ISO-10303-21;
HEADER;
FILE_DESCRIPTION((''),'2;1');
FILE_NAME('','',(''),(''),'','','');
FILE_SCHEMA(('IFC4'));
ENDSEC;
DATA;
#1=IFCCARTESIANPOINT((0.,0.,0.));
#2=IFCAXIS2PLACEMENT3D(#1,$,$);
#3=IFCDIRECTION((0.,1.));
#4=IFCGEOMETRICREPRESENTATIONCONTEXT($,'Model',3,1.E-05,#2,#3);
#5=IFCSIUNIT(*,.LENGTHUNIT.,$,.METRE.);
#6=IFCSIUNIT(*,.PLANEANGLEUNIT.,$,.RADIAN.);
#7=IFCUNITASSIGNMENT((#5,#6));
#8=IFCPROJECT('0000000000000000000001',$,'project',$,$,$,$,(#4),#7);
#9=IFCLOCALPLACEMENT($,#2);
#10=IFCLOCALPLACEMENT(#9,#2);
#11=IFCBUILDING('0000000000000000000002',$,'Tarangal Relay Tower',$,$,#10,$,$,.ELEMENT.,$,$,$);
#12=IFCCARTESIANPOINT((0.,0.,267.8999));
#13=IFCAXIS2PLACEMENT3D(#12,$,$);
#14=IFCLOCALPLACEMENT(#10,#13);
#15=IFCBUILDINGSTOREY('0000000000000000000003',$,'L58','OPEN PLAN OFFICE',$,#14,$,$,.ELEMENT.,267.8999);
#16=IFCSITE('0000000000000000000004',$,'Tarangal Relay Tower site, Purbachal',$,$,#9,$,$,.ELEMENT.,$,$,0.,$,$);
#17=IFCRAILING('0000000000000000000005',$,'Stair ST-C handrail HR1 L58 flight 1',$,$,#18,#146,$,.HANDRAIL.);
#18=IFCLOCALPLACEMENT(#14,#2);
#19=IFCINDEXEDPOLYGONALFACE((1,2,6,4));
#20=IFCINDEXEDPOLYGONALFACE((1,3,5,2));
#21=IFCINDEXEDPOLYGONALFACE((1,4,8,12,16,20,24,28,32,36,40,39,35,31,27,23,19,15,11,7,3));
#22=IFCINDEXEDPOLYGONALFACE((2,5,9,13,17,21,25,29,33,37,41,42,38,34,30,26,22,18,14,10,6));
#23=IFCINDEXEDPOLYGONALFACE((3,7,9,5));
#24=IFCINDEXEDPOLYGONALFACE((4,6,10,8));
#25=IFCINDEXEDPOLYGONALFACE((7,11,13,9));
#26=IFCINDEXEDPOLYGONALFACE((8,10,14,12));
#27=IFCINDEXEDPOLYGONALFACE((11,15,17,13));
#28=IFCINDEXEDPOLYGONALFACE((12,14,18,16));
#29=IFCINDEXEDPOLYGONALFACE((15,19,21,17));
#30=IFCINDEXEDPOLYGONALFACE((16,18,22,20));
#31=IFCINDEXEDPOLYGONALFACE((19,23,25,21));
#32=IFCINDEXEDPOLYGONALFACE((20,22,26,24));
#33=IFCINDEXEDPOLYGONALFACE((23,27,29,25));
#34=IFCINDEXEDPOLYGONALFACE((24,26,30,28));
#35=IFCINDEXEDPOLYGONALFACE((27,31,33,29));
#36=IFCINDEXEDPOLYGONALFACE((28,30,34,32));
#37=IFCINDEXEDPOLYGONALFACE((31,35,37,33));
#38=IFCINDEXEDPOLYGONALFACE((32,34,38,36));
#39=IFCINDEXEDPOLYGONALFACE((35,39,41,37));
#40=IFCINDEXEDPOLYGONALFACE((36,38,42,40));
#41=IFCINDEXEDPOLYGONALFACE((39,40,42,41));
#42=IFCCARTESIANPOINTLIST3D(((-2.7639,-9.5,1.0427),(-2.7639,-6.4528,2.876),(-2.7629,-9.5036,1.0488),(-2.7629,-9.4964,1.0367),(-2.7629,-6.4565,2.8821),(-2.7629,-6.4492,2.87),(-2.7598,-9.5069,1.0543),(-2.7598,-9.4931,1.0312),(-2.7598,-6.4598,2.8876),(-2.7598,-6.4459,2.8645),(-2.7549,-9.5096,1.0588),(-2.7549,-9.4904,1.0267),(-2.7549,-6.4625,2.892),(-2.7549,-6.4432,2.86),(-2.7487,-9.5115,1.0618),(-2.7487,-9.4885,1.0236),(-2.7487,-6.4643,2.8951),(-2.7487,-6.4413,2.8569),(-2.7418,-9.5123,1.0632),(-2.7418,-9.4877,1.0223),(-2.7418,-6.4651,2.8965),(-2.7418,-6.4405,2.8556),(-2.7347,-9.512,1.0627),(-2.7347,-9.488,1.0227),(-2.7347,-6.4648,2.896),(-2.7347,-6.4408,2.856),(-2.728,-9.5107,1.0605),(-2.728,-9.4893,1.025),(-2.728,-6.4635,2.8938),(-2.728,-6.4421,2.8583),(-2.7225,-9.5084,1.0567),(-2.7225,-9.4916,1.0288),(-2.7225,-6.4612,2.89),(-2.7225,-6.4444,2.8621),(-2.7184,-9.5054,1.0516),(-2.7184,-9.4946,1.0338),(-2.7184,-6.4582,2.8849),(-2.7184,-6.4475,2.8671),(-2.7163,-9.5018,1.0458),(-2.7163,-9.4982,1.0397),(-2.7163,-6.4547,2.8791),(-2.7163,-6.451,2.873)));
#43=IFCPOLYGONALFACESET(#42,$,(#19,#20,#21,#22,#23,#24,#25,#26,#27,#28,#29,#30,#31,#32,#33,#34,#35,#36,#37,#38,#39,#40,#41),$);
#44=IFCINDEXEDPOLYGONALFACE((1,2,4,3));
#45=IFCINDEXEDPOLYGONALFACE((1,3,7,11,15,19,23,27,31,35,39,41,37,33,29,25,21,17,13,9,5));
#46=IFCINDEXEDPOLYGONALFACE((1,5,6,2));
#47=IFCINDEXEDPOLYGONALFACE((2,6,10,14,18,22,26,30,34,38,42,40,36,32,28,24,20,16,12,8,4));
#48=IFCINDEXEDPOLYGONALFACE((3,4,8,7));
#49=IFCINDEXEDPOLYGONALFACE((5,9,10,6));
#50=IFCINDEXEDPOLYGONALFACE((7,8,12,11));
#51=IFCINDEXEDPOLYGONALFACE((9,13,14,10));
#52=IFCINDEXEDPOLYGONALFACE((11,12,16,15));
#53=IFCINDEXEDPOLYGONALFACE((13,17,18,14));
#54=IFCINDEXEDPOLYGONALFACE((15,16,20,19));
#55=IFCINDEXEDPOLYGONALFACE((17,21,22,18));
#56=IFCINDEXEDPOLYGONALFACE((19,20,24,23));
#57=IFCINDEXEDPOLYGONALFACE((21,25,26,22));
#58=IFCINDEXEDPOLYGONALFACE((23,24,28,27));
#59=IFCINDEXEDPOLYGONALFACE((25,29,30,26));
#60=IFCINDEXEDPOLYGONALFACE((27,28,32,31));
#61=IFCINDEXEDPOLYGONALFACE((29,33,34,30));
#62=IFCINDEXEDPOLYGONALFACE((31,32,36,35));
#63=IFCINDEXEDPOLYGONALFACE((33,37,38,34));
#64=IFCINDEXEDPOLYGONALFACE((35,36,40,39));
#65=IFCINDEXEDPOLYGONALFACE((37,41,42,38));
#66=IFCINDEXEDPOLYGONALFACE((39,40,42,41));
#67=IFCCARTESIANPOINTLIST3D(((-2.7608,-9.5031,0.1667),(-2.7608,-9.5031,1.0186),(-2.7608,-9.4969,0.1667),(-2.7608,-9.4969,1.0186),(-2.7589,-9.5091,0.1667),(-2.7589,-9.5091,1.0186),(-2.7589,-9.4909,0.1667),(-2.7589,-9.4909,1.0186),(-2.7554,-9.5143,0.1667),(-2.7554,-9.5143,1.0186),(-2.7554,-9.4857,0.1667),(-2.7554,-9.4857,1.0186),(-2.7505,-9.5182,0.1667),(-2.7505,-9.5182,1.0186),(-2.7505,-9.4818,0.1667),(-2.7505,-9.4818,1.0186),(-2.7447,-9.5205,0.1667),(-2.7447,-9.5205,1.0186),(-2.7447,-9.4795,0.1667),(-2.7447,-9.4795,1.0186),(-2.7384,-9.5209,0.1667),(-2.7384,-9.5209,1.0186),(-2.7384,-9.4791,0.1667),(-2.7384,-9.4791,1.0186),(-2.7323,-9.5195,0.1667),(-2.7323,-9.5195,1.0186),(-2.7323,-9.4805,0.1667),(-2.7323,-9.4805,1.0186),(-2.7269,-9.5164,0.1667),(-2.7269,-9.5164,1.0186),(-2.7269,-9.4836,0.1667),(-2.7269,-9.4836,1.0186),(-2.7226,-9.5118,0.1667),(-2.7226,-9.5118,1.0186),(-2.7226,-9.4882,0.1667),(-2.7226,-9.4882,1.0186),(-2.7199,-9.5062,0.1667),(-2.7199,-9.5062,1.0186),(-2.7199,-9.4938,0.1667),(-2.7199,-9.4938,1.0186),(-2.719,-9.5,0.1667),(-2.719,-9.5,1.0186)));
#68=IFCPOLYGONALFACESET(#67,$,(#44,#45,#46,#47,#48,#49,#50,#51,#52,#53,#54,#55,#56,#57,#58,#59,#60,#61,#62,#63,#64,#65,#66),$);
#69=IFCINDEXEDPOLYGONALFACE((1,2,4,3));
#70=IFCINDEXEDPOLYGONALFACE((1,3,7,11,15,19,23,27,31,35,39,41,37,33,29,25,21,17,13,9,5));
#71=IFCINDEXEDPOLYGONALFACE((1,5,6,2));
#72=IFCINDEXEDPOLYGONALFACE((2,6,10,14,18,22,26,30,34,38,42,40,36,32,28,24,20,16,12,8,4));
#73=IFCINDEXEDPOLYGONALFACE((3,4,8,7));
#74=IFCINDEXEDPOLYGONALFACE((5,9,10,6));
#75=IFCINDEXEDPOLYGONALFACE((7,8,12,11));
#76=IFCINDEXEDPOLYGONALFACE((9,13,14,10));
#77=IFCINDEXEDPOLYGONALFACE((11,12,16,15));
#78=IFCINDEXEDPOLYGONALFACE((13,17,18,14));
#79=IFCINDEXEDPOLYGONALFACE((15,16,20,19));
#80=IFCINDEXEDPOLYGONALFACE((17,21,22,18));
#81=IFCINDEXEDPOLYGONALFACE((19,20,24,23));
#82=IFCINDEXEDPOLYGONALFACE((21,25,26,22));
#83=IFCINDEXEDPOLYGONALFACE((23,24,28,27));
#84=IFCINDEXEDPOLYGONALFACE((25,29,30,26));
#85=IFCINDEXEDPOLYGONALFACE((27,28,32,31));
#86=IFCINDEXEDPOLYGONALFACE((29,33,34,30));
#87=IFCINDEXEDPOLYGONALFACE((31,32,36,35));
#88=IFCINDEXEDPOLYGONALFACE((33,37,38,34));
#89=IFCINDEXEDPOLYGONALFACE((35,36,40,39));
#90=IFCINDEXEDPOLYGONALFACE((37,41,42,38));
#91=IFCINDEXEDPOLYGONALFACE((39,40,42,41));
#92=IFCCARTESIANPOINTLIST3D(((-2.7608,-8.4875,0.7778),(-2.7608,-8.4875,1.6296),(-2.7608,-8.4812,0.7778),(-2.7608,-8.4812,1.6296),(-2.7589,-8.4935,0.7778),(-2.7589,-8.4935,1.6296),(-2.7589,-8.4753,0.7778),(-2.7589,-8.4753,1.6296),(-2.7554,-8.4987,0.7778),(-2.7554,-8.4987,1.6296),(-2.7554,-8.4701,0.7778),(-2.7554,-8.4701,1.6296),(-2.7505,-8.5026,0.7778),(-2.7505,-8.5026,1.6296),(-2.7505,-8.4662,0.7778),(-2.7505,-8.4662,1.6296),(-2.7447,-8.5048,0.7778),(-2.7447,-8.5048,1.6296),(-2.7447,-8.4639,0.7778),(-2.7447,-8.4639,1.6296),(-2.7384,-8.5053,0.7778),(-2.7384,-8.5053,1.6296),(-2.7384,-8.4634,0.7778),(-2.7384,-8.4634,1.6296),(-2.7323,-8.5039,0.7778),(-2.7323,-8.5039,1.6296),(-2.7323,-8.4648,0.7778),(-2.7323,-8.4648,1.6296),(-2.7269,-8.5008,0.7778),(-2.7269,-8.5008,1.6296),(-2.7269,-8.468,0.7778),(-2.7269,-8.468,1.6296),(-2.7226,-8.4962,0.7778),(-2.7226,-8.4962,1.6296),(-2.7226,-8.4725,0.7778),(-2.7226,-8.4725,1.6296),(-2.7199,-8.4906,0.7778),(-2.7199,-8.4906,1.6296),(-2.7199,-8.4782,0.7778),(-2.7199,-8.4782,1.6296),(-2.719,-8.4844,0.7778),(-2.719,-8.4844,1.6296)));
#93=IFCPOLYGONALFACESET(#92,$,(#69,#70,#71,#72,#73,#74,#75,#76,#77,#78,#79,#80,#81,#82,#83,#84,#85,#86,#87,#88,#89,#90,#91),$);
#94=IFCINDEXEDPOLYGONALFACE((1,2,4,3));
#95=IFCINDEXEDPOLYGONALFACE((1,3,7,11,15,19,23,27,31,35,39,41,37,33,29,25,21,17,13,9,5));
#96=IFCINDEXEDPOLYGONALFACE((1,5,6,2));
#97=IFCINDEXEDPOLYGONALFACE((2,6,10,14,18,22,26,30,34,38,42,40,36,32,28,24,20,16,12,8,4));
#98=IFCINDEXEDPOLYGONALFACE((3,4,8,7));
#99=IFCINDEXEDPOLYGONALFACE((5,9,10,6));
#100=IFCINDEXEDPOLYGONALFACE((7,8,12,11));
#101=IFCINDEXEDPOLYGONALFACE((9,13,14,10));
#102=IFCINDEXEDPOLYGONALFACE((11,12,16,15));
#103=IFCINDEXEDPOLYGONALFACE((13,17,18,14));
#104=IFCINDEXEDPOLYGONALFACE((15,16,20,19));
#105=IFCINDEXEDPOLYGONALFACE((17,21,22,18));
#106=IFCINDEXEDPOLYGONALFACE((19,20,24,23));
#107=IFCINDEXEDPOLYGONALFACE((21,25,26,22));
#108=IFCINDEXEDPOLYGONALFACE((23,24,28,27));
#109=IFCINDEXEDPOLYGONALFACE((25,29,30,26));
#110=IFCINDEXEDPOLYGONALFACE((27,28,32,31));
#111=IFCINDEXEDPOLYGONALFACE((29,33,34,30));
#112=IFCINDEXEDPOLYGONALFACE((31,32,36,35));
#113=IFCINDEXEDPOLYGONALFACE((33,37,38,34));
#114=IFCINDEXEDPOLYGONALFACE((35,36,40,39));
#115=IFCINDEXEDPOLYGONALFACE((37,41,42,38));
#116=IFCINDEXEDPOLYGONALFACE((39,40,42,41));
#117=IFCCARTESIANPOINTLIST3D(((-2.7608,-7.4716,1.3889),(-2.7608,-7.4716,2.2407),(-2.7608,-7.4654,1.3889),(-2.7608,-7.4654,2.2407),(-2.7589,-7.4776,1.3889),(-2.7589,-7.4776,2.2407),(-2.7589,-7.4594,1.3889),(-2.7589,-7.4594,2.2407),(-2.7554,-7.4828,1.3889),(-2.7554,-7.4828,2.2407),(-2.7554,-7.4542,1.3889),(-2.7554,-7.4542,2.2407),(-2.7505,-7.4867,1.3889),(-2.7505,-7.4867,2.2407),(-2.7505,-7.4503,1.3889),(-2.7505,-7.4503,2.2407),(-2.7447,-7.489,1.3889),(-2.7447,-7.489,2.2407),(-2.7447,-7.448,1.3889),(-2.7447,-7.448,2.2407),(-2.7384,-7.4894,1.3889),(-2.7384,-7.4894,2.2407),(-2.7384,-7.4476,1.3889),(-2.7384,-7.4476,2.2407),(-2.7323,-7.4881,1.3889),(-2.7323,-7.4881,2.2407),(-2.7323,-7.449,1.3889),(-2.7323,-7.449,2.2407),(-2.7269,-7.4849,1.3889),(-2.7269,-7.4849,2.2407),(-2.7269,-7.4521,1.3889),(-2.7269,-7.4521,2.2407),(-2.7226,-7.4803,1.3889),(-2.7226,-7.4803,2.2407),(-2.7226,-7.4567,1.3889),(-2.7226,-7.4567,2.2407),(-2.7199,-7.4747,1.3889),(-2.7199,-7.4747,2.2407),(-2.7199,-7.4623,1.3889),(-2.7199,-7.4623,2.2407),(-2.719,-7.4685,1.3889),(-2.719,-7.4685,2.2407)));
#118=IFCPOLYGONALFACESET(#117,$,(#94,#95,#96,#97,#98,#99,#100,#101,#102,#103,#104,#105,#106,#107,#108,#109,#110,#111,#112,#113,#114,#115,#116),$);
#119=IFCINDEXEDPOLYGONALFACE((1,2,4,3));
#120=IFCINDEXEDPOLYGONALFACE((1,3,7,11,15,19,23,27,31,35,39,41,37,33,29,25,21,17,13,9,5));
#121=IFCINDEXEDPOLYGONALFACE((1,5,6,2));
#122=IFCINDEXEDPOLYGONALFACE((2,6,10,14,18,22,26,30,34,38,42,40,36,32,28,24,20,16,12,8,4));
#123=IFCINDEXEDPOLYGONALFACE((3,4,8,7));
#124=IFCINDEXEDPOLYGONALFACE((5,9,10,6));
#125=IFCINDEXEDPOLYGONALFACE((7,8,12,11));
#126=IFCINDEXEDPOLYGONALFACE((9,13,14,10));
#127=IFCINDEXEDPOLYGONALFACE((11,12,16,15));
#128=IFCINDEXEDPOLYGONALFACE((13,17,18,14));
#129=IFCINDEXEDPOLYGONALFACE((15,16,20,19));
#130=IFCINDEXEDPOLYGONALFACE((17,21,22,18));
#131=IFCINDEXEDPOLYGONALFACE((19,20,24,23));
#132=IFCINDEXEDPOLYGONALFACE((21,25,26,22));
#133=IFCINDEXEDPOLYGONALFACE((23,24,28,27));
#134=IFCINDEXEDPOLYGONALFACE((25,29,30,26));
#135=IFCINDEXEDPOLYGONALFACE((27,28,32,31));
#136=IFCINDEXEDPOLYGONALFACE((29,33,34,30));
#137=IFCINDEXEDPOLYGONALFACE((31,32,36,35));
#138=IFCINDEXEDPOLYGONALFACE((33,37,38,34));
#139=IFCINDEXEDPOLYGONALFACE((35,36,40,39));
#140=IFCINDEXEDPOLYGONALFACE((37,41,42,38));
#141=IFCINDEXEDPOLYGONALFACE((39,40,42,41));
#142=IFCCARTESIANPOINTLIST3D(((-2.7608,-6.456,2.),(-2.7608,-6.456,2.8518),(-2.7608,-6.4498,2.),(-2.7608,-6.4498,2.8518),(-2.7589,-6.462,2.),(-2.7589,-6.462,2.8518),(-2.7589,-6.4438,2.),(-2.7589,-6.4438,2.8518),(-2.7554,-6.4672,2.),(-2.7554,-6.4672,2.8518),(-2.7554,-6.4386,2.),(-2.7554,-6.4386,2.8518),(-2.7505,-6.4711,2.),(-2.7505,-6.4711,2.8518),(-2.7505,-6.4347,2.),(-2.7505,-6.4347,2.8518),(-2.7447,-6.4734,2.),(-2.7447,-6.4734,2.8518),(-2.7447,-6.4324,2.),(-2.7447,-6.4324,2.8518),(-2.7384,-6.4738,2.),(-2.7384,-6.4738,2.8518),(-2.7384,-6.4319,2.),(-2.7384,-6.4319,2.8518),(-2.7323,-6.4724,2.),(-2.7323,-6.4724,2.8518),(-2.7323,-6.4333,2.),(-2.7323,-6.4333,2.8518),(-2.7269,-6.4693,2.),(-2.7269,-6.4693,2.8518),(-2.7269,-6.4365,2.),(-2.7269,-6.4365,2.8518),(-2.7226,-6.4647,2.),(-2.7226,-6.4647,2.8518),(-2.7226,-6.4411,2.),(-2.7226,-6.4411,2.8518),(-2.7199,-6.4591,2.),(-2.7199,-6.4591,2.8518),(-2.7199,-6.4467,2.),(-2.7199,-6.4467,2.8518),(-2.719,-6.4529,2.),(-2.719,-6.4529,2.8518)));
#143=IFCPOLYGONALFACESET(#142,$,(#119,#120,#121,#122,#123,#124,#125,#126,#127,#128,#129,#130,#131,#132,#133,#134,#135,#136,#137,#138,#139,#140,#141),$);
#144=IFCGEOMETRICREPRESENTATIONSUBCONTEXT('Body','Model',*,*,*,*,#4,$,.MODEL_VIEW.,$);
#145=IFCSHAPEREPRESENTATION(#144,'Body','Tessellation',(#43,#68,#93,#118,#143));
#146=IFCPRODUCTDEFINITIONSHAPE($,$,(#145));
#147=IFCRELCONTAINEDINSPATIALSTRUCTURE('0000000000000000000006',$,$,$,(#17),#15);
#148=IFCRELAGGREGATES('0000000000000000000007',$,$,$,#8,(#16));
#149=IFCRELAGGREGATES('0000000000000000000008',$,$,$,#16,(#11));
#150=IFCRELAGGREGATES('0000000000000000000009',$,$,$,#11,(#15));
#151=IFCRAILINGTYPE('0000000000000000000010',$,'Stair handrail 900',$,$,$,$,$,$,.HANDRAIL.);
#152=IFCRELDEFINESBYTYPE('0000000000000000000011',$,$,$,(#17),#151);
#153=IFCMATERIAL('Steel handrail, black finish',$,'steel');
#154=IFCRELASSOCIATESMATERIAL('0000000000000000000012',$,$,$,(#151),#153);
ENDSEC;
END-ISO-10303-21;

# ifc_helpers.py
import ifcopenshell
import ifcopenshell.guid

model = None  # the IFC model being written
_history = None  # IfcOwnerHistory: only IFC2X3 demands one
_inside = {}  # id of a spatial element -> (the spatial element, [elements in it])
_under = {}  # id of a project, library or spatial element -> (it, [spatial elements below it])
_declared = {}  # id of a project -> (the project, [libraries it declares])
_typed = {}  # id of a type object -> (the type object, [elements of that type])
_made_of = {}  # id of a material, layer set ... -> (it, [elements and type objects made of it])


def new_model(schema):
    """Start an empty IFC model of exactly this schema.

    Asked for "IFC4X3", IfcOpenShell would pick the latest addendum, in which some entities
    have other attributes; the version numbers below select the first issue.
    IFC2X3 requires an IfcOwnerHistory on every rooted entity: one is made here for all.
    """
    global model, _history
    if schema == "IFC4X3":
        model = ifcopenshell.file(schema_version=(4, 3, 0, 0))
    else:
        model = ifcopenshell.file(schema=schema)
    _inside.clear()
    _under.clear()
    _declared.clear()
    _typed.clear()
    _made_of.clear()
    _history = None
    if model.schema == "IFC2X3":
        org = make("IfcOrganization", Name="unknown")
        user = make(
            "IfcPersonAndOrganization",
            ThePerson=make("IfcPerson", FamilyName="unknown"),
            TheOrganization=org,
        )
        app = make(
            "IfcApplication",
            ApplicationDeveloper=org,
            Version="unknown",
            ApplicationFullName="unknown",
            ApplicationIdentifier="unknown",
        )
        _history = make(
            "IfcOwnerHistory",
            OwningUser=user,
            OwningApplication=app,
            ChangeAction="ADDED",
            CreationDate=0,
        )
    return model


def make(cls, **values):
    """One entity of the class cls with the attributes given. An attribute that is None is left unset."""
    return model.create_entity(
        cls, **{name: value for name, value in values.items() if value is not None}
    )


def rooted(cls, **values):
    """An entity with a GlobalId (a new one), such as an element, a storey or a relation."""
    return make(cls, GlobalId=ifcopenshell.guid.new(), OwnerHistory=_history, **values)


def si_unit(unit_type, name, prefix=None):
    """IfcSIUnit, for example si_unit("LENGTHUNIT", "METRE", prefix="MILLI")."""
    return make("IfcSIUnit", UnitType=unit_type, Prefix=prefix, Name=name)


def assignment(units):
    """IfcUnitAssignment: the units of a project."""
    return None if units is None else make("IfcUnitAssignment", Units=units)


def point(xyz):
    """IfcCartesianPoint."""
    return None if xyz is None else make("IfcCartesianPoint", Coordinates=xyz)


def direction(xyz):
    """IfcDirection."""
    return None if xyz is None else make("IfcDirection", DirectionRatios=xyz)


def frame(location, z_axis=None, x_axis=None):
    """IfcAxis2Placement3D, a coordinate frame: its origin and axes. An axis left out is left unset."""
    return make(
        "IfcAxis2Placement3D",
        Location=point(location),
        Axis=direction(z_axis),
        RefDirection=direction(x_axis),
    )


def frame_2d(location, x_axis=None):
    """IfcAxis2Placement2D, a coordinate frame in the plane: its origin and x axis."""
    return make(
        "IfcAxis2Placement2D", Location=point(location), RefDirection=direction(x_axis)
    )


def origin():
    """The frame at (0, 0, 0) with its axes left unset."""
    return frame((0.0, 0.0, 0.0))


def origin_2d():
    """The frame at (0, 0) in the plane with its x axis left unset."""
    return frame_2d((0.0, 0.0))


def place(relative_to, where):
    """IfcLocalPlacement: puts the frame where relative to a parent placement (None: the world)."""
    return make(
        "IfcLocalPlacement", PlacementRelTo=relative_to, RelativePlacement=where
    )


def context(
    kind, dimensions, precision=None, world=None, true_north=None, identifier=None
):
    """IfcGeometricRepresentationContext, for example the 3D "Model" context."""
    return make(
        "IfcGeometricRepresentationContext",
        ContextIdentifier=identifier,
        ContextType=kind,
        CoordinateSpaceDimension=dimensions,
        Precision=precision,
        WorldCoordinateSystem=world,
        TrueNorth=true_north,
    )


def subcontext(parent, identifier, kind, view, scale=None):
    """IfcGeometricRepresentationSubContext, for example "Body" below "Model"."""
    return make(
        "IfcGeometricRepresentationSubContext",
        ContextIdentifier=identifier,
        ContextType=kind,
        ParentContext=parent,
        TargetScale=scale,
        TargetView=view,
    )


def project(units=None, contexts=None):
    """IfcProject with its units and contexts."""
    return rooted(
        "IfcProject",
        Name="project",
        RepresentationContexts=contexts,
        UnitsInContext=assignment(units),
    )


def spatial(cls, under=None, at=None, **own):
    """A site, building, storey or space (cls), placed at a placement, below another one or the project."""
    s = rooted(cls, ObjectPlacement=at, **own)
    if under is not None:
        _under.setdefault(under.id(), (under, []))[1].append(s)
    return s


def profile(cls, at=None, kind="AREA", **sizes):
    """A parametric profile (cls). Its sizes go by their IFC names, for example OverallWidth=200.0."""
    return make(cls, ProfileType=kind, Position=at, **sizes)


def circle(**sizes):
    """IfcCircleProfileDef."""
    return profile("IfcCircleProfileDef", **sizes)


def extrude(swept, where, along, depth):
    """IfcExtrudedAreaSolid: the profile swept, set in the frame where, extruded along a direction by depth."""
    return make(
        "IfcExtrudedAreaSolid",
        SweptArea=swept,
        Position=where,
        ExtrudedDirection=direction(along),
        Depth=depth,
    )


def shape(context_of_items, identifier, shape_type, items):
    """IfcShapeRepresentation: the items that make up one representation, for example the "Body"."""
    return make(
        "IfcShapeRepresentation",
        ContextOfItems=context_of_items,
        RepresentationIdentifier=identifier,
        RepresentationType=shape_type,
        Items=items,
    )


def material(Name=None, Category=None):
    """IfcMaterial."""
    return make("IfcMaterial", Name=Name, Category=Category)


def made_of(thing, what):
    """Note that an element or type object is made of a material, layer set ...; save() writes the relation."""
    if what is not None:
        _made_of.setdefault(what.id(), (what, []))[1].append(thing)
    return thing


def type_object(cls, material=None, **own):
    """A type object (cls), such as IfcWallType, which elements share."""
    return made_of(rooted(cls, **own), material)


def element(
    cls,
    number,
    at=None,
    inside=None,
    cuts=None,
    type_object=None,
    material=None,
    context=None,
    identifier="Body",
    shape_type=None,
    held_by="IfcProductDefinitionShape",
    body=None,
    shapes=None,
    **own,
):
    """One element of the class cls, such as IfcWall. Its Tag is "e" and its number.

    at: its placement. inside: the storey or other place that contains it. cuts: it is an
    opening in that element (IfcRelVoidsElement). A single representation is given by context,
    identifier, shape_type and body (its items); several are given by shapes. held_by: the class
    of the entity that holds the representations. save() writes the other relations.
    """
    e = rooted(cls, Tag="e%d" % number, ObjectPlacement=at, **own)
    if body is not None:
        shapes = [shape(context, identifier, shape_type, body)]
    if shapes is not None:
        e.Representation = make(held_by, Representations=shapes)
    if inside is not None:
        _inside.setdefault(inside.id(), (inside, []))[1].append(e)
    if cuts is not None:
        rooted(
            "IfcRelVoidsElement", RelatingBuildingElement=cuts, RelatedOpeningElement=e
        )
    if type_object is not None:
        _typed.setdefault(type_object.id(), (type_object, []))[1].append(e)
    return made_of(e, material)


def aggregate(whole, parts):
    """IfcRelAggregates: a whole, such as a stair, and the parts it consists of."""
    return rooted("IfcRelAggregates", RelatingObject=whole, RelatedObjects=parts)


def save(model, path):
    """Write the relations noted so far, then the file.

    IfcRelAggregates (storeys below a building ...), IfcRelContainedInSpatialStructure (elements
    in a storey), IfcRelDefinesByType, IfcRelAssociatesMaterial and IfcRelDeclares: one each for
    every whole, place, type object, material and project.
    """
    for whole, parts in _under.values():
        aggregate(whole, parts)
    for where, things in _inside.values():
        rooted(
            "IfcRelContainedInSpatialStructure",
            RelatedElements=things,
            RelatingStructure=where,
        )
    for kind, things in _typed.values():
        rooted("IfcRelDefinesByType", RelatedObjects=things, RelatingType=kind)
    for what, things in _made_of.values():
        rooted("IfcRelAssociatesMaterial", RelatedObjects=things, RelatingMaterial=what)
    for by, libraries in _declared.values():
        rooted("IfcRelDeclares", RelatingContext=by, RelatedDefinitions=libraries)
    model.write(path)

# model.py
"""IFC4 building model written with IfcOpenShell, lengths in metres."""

from ifc_helpers import new_model, si_unit, direction, frame, origin, origin_2d, place, context, subcontext, project, spatial, circle, extrude, material, type_object, element, save


model = new_model("IFC4")

# Units and contexts
model_context = context("Model", 3, precision=1e-05, world=origin(), true_north=direction((0.0, 1.0)))
body_context = subcontext(model_context, "Body", "Model", "MODEL_VIEW")
ifc_project = project(units=[si_unit("LENGTHUNIT", "METRE"), si_unit("PLANEANGLEUNIT", "RADIAN")], contexts=[model_context])

# Site, building, storey
site_placement = place(None, origin())
site = spatial("IfcSite", under=ifc_project, at=site_placement, Name="Tarangal Relay Tower site, Purbachal", CompositionType="ELEMENT", RefElevation=0.0)
building_placement = place(site_placement, origin())
building = spatial("IfcBuilding", under=site, at=building_placement, Name="Tarangal Relay Tower", CompositionType="ELEMENT")
storey_placement = place(building_placement, frame((0.0, 0.0, 267.8999)))
storey = spatial("IfcBuildingStorey", under=building, at=storey_placement, Name="L58", Description="OPEN PLAN OFFICE", CompositionType="ELEMENT", Elevation=267.8999)

# Railing
ifc_material_1 = material(Name="Steel handrail, black finish", Category="steel")
railing_type_1 = type_object("IfcRailingType", Name="Stair handrail 900", PredefinedType="HANDRAIL", material=ifc_material_1)
railing_1_placement = place(storey_placement, frame((-2.74, -9.5, 0.1667)))
element("IfcRailing", 1, at=railing_1_placement, inside=storey, type_object=railing_type_1, Name="Stair ST-C handrail HR1 L58 flight 1", PredefinedType="HANDRAIL", context=body_context, shape_type="SweptSolid", body=[
    extrude(circle(Radius=0.0239, at=origin_2d()), frame((0.0, 0.0, 0.876), z_axis=(0.0, 0.856874, 0.515525), x_axis=(-1.0, 0.0, 0.0)), (0.0, 0.0, 1.0), 3.5562),
    extrude(circle(Radius=0.021, at=origin_2d()), origin(), (0.0, 0.0, 1.0), 0.8518),
    extrude(circle(Radius=0.021, at=origin_2d()), frame((0.0, 1.0156, 0.6111)), (0.0, 0.0, 1.0), 0.8518),
    extrude(circle(Radius=0.021, at=origin_2d()), frame((0.0, 2.0315, 1.2222)), (0.0, 0.0, 1.0), 0.8518),
    extrude(circle(Radius=0.021, at=origin_2d()), frame((0.0, 3.0471, 1.8333)), (0.0, 0.0, 1.0), 0.8518),
])

save(model, "model.ifc")
